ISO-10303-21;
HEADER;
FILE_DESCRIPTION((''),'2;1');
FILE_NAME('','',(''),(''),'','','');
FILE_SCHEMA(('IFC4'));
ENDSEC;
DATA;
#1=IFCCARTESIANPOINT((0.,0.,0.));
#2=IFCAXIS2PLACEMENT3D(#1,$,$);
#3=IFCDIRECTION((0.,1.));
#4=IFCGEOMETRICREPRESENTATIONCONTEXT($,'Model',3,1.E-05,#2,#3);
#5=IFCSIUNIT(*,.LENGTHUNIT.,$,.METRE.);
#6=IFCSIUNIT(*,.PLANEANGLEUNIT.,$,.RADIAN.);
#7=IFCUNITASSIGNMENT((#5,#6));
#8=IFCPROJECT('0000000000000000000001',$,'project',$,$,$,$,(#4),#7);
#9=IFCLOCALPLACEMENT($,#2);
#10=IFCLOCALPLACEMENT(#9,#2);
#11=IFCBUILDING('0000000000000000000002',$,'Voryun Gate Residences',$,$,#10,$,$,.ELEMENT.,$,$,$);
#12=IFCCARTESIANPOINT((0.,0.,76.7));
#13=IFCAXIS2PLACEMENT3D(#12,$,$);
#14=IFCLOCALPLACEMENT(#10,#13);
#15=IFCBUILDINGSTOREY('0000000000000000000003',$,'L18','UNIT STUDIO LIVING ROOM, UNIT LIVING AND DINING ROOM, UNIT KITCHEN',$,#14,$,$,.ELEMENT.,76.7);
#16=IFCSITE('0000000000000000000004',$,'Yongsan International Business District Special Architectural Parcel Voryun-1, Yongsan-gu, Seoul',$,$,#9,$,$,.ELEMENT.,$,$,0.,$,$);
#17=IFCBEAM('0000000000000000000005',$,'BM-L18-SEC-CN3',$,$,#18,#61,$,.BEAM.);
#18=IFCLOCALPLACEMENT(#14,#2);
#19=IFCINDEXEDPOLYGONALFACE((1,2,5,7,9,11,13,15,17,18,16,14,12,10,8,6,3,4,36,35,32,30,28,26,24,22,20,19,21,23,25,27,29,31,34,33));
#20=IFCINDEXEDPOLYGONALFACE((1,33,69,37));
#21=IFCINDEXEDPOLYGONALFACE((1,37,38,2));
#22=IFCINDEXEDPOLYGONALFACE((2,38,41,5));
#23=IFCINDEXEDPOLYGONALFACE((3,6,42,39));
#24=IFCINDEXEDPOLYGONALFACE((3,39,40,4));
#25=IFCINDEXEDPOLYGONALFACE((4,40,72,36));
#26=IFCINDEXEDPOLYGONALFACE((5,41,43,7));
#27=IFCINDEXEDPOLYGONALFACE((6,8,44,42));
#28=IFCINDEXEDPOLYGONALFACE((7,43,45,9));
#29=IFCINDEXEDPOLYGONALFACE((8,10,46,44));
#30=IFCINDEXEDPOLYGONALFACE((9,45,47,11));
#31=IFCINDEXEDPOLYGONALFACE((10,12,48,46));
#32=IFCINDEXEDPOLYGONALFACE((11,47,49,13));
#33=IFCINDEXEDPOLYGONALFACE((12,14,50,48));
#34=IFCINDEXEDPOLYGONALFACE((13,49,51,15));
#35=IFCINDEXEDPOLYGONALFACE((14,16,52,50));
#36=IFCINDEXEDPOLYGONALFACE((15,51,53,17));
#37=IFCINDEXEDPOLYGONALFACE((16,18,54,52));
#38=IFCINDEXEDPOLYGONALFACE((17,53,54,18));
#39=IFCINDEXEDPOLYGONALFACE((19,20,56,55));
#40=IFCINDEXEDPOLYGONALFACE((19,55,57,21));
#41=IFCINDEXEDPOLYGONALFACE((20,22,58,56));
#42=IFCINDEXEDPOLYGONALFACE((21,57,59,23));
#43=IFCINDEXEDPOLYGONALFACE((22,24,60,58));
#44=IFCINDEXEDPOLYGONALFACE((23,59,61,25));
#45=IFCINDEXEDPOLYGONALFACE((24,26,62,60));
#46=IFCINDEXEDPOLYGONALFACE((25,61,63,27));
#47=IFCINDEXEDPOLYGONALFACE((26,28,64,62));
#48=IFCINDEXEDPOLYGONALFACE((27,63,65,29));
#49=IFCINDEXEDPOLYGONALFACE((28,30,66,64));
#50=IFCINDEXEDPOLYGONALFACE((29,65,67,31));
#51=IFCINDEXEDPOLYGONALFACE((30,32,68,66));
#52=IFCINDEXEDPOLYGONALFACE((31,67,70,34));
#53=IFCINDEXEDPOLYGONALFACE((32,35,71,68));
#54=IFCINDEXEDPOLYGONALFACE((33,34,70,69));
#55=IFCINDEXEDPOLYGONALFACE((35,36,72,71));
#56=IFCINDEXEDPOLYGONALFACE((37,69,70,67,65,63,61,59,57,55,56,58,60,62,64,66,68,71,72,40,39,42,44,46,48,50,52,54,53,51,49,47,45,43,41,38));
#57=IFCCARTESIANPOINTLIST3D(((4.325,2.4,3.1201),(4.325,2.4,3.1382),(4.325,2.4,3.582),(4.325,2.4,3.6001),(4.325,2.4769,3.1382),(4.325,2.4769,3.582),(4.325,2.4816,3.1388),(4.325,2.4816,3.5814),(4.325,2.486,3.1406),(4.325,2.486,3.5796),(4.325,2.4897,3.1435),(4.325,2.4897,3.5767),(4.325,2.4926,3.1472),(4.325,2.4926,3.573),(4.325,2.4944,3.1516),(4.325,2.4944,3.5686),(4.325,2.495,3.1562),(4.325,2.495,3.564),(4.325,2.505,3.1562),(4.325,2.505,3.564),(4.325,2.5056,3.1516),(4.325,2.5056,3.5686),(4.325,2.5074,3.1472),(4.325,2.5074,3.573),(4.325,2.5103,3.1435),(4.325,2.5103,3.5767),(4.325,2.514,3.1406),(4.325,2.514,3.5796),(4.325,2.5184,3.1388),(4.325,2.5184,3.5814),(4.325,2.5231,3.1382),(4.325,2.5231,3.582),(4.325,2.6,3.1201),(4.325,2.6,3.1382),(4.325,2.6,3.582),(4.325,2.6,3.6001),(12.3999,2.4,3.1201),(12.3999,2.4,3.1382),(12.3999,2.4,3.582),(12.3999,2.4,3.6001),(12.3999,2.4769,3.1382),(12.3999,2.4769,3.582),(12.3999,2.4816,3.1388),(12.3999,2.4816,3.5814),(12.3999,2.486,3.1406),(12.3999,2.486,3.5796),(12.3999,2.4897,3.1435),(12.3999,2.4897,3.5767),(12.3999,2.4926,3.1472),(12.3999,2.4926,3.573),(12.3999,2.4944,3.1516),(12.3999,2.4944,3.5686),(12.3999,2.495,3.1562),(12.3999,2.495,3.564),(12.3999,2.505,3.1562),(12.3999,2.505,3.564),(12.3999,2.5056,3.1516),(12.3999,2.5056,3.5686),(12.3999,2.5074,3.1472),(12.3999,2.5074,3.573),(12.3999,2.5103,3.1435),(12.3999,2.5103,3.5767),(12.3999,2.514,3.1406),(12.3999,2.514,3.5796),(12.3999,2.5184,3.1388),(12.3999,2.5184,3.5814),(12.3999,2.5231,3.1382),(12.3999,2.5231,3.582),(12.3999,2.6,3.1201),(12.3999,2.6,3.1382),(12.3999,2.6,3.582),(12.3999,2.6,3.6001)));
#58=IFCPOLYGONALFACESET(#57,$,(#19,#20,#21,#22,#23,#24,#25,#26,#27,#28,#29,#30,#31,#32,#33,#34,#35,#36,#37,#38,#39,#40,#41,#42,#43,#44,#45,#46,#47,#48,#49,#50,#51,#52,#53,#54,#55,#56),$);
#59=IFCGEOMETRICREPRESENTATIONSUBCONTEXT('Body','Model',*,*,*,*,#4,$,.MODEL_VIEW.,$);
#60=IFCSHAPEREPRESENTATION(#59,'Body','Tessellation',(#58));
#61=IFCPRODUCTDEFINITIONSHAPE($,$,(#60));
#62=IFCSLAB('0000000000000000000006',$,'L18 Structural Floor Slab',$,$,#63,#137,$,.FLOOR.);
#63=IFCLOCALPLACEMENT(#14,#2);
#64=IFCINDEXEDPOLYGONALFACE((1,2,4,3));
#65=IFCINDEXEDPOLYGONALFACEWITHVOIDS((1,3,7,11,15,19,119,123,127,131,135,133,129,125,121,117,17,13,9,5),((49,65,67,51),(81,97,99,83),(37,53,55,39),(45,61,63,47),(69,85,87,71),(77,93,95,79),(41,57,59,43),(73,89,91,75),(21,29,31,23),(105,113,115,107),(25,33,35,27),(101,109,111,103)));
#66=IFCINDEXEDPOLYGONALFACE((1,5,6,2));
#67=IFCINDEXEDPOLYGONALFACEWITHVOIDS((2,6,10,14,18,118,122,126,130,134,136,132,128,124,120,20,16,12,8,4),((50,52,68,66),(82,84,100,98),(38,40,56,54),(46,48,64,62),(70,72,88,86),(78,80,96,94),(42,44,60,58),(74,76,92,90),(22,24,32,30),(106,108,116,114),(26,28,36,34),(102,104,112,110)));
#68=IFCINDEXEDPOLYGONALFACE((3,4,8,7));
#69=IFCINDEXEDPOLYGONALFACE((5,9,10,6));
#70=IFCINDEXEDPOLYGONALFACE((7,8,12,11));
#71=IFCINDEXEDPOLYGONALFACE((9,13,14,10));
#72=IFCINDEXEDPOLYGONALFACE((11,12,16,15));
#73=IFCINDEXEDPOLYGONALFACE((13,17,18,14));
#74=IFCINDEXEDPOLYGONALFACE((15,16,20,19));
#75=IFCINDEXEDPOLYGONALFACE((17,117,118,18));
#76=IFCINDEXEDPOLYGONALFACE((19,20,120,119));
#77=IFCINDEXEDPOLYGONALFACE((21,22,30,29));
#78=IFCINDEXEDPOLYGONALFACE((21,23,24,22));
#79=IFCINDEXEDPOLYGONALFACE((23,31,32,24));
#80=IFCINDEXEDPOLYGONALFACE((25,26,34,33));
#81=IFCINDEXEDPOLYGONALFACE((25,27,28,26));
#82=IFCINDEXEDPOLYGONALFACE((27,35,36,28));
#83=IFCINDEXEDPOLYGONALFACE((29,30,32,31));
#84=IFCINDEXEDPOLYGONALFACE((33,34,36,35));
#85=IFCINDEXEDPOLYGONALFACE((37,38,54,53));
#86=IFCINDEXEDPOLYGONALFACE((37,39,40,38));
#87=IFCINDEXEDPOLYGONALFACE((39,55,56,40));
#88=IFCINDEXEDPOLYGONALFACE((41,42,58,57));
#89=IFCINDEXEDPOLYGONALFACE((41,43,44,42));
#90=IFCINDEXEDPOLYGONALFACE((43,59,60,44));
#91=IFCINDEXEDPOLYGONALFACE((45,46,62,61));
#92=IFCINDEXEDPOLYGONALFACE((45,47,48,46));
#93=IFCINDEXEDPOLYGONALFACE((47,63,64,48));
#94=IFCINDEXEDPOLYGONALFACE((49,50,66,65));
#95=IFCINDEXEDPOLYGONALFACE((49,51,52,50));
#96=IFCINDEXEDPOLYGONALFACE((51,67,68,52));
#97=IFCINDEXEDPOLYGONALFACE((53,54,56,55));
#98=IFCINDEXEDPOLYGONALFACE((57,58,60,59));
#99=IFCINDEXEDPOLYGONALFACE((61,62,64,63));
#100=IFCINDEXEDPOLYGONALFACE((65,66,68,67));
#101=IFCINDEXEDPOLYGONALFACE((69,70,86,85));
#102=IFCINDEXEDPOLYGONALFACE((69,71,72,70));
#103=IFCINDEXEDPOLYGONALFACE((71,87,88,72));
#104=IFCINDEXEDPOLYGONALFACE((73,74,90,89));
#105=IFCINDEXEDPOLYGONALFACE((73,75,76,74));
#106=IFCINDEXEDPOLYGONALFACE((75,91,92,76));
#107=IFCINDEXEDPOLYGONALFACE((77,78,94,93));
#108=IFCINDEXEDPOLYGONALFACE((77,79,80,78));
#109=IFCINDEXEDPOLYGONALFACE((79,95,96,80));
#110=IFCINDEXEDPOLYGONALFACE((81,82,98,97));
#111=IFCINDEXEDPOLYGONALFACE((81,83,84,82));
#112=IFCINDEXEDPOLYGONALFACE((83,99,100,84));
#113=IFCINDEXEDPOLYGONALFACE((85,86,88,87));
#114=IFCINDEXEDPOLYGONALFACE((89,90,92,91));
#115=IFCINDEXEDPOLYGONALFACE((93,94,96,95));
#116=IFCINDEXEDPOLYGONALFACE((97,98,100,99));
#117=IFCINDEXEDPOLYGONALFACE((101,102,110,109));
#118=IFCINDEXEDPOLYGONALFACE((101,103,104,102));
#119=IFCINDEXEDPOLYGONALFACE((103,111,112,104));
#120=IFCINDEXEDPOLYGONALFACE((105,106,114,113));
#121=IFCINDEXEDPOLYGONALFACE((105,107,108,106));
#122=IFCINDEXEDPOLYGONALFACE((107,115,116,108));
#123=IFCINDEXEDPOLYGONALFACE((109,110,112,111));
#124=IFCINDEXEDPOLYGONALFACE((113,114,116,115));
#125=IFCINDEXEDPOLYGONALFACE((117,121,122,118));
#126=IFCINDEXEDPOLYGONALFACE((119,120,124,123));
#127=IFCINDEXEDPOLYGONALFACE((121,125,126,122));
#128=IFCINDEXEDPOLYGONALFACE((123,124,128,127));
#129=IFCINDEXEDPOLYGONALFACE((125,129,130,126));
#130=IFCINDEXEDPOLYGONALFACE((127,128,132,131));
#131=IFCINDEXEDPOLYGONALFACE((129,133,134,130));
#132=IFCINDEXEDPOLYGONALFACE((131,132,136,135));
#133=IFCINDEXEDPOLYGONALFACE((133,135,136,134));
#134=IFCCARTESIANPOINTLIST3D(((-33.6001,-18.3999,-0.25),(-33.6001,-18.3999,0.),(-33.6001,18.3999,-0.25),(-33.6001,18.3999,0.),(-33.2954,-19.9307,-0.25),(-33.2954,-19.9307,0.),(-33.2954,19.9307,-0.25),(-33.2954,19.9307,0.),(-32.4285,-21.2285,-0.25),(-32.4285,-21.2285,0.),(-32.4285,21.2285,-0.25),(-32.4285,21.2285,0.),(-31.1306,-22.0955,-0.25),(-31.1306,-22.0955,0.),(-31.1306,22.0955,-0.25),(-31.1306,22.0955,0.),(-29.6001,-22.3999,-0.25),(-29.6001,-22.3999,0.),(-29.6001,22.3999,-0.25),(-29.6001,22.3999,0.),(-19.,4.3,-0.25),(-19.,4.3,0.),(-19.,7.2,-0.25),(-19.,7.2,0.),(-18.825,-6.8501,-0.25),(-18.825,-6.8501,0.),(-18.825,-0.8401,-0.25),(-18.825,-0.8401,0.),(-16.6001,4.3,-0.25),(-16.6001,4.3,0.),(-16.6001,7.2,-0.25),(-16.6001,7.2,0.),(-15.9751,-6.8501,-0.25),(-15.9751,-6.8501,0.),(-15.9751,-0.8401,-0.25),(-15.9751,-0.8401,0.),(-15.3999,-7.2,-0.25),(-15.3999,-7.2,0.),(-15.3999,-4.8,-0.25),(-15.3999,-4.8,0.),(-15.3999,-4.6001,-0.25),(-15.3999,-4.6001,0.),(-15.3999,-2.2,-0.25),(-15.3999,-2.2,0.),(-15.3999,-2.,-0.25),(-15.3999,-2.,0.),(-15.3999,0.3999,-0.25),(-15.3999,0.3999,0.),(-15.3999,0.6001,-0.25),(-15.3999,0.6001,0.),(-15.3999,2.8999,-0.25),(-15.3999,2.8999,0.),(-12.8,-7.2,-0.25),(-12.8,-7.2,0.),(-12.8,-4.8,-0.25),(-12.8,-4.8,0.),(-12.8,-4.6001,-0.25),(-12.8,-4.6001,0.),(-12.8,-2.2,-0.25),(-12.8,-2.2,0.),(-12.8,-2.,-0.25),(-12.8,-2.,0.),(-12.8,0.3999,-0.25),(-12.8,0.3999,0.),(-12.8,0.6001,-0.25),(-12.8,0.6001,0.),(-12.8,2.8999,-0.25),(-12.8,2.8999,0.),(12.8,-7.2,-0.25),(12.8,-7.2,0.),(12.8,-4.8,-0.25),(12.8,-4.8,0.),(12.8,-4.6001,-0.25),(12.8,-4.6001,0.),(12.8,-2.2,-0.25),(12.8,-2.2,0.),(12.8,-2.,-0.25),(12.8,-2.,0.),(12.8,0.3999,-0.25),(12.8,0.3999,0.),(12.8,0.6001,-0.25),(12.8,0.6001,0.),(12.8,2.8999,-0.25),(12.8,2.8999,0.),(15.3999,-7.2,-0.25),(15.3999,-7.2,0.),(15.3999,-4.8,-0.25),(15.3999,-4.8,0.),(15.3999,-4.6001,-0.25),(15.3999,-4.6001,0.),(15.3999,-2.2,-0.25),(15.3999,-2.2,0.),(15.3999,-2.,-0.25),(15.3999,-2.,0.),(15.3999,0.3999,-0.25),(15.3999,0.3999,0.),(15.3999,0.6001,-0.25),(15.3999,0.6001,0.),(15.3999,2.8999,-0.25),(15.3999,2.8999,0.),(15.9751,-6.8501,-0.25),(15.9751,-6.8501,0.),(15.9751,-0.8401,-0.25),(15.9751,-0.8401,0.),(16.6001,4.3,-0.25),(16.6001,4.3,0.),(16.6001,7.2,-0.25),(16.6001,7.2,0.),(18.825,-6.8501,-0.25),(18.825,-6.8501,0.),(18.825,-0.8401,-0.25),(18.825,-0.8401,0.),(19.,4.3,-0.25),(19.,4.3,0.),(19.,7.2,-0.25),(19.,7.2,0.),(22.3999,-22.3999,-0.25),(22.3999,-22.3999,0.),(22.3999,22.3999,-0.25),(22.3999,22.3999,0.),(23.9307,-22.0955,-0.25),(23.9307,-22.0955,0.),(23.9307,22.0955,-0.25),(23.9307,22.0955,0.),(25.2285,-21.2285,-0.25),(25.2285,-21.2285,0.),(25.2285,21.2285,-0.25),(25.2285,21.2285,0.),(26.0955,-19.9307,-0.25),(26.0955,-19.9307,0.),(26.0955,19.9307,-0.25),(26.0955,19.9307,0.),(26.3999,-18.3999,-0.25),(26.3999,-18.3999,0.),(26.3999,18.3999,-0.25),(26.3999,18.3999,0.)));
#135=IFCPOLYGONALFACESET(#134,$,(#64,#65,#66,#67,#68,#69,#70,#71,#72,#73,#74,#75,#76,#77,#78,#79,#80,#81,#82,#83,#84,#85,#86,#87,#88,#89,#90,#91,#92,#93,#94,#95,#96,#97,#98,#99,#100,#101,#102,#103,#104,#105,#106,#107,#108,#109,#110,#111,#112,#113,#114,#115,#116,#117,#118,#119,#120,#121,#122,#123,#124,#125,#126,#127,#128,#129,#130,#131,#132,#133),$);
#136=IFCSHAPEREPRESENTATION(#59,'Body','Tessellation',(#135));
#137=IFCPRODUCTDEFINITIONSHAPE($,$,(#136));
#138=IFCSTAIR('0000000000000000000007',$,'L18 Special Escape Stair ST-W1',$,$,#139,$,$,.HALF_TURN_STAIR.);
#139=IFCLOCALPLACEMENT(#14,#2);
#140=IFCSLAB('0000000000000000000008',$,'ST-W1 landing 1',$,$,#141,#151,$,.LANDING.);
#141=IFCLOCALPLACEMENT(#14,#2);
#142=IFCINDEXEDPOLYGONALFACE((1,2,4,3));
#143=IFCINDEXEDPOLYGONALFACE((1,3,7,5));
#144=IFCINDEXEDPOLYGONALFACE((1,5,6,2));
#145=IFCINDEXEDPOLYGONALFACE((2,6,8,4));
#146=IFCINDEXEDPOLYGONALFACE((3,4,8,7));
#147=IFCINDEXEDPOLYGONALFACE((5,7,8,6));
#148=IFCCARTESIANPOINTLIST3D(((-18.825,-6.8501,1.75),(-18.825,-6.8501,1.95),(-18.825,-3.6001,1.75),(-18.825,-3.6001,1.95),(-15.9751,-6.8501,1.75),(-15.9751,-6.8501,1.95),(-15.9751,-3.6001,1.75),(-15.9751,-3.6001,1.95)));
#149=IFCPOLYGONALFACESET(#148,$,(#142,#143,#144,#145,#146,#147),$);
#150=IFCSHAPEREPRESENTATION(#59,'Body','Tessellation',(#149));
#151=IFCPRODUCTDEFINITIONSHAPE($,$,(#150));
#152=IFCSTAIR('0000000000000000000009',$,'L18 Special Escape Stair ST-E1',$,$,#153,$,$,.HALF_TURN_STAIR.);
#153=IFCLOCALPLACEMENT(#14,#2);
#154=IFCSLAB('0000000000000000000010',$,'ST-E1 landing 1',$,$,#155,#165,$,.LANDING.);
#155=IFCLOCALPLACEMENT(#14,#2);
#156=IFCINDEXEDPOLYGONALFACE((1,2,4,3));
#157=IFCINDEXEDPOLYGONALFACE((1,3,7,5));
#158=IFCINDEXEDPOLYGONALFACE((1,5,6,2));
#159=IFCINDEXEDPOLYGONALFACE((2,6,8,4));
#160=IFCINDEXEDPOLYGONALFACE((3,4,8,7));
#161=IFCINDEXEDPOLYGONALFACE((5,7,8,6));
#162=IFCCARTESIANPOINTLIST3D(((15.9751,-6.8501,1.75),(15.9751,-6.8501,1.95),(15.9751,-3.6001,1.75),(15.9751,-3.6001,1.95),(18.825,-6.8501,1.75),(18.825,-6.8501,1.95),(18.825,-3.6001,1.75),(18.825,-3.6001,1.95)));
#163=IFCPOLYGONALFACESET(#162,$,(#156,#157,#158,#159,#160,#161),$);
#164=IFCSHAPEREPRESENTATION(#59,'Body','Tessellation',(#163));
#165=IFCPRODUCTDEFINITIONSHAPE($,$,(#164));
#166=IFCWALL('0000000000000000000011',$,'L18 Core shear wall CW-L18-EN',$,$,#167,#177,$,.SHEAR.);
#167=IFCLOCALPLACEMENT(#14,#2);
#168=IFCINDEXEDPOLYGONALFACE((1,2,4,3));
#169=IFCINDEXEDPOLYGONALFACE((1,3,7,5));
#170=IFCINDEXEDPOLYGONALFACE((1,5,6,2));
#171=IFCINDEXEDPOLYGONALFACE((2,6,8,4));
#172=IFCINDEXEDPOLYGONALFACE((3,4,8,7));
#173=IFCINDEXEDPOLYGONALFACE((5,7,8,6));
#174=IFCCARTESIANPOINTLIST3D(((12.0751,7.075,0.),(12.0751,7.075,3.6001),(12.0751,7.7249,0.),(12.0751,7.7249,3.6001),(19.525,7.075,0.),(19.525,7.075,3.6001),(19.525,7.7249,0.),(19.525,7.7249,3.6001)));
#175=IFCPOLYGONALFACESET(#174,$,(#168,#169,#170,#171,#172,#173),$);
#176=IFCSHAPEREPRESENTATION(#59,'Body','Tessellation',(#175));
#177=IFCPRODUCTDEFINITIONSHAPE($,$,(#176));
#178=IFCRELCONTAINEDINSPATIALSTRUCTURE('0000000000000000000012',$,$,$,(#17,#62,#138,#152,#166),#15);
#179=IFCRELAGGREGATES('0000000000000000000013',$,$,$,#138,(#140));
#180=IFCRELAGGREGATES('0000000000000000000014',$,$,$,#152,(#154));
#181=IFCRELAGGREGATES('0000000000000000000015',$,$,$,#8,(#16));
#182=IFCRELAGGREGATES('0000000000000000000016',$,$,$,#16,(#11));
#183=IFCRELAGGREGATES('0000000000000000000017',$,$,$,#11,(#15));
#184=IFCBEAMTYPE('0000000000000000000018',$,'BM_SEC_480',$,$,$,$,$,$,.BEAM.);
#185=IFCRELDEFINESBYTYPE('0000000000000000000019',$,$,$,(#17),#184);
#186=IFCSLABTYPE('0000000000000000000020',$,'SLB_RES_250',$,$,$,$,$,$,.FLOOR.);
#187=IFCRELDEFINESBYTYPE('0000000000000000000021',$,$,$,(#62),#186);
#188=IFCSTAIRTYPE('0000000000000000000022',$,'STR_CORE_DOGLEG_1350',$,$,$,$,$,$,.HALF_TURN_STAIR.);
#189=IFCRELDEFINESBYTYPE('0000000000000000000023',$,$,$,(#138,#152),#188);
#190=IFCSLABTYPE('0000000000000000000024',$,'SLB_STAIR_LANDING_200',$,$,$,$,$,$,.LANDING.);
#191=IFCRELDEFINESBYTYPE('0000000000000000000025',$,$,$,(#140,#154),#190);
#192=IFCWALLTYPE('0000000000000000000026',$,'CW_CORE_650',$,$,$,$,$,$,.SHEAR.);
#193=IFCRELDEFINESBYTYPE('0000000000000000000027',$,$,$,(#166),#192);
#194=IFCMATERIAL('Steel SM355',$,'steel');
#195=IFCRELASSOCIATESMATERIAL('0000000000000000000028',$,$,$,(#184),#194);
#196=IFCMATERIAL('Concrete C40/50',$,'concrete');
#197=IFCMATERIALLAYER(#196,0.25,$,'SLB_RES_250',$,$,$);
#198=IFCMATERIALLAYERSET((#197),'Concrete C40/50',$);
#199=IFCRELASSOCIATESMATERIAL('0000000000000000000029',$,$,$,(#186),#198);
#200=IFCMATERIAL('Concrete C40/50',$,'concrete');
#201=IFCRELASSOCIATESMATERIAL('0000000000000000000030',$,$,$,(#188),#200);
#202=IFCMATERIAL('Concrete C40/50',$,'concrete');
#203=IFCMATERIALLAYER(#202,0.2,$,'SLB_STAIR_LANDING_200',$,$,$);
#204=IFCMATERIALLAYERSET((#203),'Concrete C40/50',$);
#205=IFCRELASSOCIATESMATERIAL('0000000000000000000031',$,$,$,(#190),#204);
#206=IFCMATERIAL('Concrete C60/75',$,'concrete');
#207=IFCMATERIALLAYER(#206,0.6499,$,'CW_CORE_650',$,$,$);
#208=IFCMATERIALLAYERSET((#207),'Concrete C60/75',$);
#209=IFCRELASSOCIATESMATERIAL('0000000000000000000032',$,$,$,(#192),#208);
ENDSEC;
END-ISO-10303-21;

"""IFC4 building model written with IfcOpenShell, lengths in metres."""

from ifc_helpers import new_model, si_unit, direction, frame, frame_2d, origin, origin_2d, place, context, subcontext, project, spatial, polyline, rectangle, i_section, outline, extrude, material, layer, layer_set, material_profile, profile_set, type_object, element, aggregate, save


model = new_model("IFC4")

# Units and contexts
model_context = context("Model", 3, precision=1e-05, world=origin(), true_north=direction((0.0, 1.0)))
body_context = subcontext(model_context, "Body", "Model", "MODEL_VIEW")
ifc_project = project(units=[si_unit("LENGTHUNIT", "METRE"), si_unit("PLANEANGLEUNIT", "RADIAN")], contexts=[model_context])

# Site, building, storey
site_placement = place(None, origin())
site = spatial("IfcSite", under=ifc_project, at=site_placement, Name="Yongsan International Business District Special Architectural Parcel Voryun-1, Yongsan-gu, Seoul", CompositionType="ELEMENT", RefElevation=0.0)
building_placement = place(site_placement, origin())
building = spatial("IfcBuilding", under=site, at=building_placement, Name="Voryun Gate Residences", CompositionType="ELEMENT")
storey_placement = place(building_placement, frame((0.0, 0.0, 76.7)))
storey = spatial("IfcBuildingStorey", under=building, at=storey_placement, Name="L18", Description="UNIT STUDIO LIVING ROOM, UNIT LIVING AND DINING ROOM, UNIT KITCHEN", CompositionType="ELEMENT", Elevation=76.7)

# Beam
ifc_material_1 = material(Name="Steel SM355", Category="steel")
ifc_material_profile_1 = material_profile(ifc_material_1, i_section(OverallWidth=0.2, OverallDepth=0.48, WebThickness=0.01, FlangeThickness=0.0181, FilletRadius=0.0181, at=origin_2d()), Name="H-480x200x10x18")
ifc_profile_set_1 = profile_set([ifc_material_profile_1], Name="Steel SM355")
beam_type_1 = type_object("IfcBeamType", Name="BM_SEC_480", PredefinedType="BEAM", material=ifc_profile_set_1)
beam_1_placement = place(storey_placement, frame((4.325, 2.5, 3.3601), z_axis=(1.0, 0.0, 0.0), x_axis=(0.0, 1.0, 0.0)))
element("IfcBeam", 1, at=beam_1_placement, inside=storey, type_object=beam_type_1, Name="BM-L18-SEC-CN3", PredefinedType="BEAM", context=body_context, shape_type="SweptSolid", body=[
    extrude(i_section(OverallWidth=0.2, OverallDepth=0.48, WebThickness=0.01, FlangeThickness=0.0181, FilletRadius=0.0181, at=origin_2d()), origin(), (0.0, 0.0, 1.0), 8.075),
])

# Slab
ifc_material_2 = material(Name="Concrete C40/50", Category="concrete")
ifc_layer_1 = layer(ifc_material_2, 0.25, Name="SLB_RES_250")
ifc_layer_set_1 = layer_set([ifc_layer_1], Name="Concrete C40/50")
slab_type_1 = type_object("IfcSlabType", Name="SLB_RES_250", PredefinedType="FLOOR", material=ifc_layer_set_1)
slab_1_placement = place(storey_placement, frame((0.0, 0.0, -0.25)))
element("IfcSlab", 2, at=slab_1_placement, inside=storey, type_object=slab_type_1, Name="L18 Structural Floor Slab", PredefinedType="FLOOR", context=body_context, shape_type="SweptSolid", body=[
    extrude(outline(polyline([(-29.6001, -22.3999), (-31.1306, -22.0955), (-32.4285, -21.2285), (-33.2954, -19.9307), (-33.6001, -18.3999), (-33.6001, 18.3999), (-33.2954, 19.9307), (-32.4285, 21.2285), (-31.1306, 22.0955), (-29.6001, 22.3999), (22.3999, 22.3999), (23.9307, 22.0955), (25.2285, 21.2285), (26.0955, 19.9307), (26.3999, 18.3999), (26.3999, -18.3999), (26.0955, -19.9307), (25.2285, -21.2285), (23.9307, -22.0955), (22.3999, -22.3999), (-29.6001, -22.3999)]), holes=[polyline([(-12.8, -4.8), (-15.3999, -4.8), (-15.3999, -7.2), (-12.8, -7.2), (-12.8, -4.8)]), polyline([(-18.825, -6.8501), (-15.9751, -6.8501), (-15.9751, -0.8401), (-18.825, -0.8401), (-18.825, -6.8501)]), polyline([(-12.8, -4.6001), (-12.8, -2.2), (-15.3999, -2.2), (-15.3999, -4.6001), (-12.8, -4.6001)]), polyline([(-12.8, 0.3999), (-15.3999, 0.3999), (-15.3999, -2.0), (-12.8, -2.0), (-12.8, 0.3999)]), polyline([(-12.8, 0.6001), (-12.8, 2.8999), (-15.3999, 2.8999), (-15.3999, 0.6001), (-12.8, 0.6001)]), polyline([(-16.6001, 4.3), (-16.6001, 7.2), (-19.0, 7.2), (-19.0, 4.3), (-16.6001, 4.3)]), polyline([(15.3999, -4.8), (12.8, -4.8), (12.8, -7.2), (15.3999, -7.2), (15.3999, -4.8)]), polyline([(15.9751, -6.8501), (18.825, -6.8501), (18.825, -0.8401), (15.9751, -0.8401), (15.9751, -6.8501)]), polyline([(15.3999, -4.6001), (15.3999, -2.2), (12.8, -2.2), (12.8, -4.6001), (15.3999, -4.6001)]), polyline([(15.3999, 0.3999), (12.8, 0.3999), (12.8, -2.0), (15.3999, -2.0), (15.3999, 0.3999)]), polyline([(15.3999, 0.6001), (15.3999, 2.8999), (12.8, 2.8999), (12.8, 0.6001), (15.3999, 0.6001)]), polyline([(19.0, 4.3), (19.0, 7.2), (16.6001, 7.2), (16.6001, 4.3), (19.0, 4.3)])]), origin(), (0.0, 0.0, 1.0), 0.25),
])

# Stairs, slabs
ifc_material_3 = material(Name="Concrete C40/50", Category="concrete")
stair_type = type_object("IfcStairType", Name="STR_CORE_DOGLEG_1350", PredefinedType="HALF_TURN_STAIR", material=ifc_material_3)
stair_1_placement = place(storey_placement, origin())
stair_1 = element("IfcStair", 3, at=stair_1_placement, inside=storey, type_object=stair_type, Name="L18 Special Escape Stair ST-W1", PredefinedType="HALF_TURN_STAIR")
ifc_material_4 = material(Name="Concrete C40/50", Category="concrete")
ifc_layer_2 = layer(ifc_material_4, 0.2, Name="SLB_STAIR_LANDING_200")
ifc_layer_set_2 = layer_set([ifc_layer_2], Name="Concrete C40/50")
slab_type_2 = type_object("IfcSlabType", Name="SLB_STAIR_LANDING_200", PredefinedType="LANDING", material=ifc_layer_set_2)
slab_2_placement = place(storey_placement, frame((0.0, 0.0, 1.75)))
slab_2 = element("IfcSlab", 4, at=slab_2_placement, type_object=slab_type_2, Name="ST-W1 landing 1", PredefinedType="LANDING", context=body_context, shape_type="SweptSolid", body=[
    extrude(outline(polyline([(-18.825, -3.6001), (-18.825, -6.8501), (-15.9751, -6.8501), (-15.9751, -3.6001), (-18.825, -3.6001)])), origin(), (0.0, 0.0, 1.0), 0.2),
])
aggregate(stair_1, [slab_2])
stair_2_placement = place(storey_placement, origin())
stair_2 = element("IfcStair", 5, at=stair_2_placement, inside=storey, type_object=stair_type, Name="L18 Special Escape Stair ST-E1", PredefinedType="HALF_TURN_STAIR")
slab_3_placement = place(storey_placement, frame((0.0, 0.0, 1.75)))
slab_3 = element("IfcSlab", 6, at=slab_3_placement, type_object=slab_type_2, Name="ST-E1 landing 1", PredefinedType="LANDING", context=body_context, shape_type="SweptSolid", body=[
    extrude(outline(polyline([(15.9751, -3.6001), (15.9751, -6.8501), (18.825, -6.8501), (18.825, -3.6001), (15.9751, -3.6001)])), origin(), (0.0, 0.0, 1.0), 0.2),
])
aggregate(stair_2, [slab_3])

# Wall
ifc_material_5 = material(Name="Concrete C60/75", Category="concrete")
ifc_layer_3 = layer(ifc_material_5, 0.6499, Name="CW_CORE_650")
ifc_layer_set_3 = layer_set([ifc_layer_3], Name="Concrete C60/75")
wall_type_1 = type_object("IfcWallType", Name="CW_CORE_650", PredefinedType="SHEAR", material=ifc_layer_set_3)
wall_1_placement = place(storey_placement, frame((12.075, 7.3999, 0.0), z_axis=(0.0, 0.0, 1.0), x_axis=(1.0, 0.0, 0.0)))
element("IfcWall", 7, at=wall_1_placement, inside=storey, type_object=wall_type_1, Name="L18 Core shear wall CW-L18-EN", PredefinedType="SHEAR", context=body_context, shape_type="SweptSolid", body=[
    extrude(rectangle(XDim=7.45, YDim=0.6499, at=frame_2d((3.7251, 0.0))), origin(), (0.0, 0.0, 1.0), 3.6001),
])

save(model, "model.ifc")
